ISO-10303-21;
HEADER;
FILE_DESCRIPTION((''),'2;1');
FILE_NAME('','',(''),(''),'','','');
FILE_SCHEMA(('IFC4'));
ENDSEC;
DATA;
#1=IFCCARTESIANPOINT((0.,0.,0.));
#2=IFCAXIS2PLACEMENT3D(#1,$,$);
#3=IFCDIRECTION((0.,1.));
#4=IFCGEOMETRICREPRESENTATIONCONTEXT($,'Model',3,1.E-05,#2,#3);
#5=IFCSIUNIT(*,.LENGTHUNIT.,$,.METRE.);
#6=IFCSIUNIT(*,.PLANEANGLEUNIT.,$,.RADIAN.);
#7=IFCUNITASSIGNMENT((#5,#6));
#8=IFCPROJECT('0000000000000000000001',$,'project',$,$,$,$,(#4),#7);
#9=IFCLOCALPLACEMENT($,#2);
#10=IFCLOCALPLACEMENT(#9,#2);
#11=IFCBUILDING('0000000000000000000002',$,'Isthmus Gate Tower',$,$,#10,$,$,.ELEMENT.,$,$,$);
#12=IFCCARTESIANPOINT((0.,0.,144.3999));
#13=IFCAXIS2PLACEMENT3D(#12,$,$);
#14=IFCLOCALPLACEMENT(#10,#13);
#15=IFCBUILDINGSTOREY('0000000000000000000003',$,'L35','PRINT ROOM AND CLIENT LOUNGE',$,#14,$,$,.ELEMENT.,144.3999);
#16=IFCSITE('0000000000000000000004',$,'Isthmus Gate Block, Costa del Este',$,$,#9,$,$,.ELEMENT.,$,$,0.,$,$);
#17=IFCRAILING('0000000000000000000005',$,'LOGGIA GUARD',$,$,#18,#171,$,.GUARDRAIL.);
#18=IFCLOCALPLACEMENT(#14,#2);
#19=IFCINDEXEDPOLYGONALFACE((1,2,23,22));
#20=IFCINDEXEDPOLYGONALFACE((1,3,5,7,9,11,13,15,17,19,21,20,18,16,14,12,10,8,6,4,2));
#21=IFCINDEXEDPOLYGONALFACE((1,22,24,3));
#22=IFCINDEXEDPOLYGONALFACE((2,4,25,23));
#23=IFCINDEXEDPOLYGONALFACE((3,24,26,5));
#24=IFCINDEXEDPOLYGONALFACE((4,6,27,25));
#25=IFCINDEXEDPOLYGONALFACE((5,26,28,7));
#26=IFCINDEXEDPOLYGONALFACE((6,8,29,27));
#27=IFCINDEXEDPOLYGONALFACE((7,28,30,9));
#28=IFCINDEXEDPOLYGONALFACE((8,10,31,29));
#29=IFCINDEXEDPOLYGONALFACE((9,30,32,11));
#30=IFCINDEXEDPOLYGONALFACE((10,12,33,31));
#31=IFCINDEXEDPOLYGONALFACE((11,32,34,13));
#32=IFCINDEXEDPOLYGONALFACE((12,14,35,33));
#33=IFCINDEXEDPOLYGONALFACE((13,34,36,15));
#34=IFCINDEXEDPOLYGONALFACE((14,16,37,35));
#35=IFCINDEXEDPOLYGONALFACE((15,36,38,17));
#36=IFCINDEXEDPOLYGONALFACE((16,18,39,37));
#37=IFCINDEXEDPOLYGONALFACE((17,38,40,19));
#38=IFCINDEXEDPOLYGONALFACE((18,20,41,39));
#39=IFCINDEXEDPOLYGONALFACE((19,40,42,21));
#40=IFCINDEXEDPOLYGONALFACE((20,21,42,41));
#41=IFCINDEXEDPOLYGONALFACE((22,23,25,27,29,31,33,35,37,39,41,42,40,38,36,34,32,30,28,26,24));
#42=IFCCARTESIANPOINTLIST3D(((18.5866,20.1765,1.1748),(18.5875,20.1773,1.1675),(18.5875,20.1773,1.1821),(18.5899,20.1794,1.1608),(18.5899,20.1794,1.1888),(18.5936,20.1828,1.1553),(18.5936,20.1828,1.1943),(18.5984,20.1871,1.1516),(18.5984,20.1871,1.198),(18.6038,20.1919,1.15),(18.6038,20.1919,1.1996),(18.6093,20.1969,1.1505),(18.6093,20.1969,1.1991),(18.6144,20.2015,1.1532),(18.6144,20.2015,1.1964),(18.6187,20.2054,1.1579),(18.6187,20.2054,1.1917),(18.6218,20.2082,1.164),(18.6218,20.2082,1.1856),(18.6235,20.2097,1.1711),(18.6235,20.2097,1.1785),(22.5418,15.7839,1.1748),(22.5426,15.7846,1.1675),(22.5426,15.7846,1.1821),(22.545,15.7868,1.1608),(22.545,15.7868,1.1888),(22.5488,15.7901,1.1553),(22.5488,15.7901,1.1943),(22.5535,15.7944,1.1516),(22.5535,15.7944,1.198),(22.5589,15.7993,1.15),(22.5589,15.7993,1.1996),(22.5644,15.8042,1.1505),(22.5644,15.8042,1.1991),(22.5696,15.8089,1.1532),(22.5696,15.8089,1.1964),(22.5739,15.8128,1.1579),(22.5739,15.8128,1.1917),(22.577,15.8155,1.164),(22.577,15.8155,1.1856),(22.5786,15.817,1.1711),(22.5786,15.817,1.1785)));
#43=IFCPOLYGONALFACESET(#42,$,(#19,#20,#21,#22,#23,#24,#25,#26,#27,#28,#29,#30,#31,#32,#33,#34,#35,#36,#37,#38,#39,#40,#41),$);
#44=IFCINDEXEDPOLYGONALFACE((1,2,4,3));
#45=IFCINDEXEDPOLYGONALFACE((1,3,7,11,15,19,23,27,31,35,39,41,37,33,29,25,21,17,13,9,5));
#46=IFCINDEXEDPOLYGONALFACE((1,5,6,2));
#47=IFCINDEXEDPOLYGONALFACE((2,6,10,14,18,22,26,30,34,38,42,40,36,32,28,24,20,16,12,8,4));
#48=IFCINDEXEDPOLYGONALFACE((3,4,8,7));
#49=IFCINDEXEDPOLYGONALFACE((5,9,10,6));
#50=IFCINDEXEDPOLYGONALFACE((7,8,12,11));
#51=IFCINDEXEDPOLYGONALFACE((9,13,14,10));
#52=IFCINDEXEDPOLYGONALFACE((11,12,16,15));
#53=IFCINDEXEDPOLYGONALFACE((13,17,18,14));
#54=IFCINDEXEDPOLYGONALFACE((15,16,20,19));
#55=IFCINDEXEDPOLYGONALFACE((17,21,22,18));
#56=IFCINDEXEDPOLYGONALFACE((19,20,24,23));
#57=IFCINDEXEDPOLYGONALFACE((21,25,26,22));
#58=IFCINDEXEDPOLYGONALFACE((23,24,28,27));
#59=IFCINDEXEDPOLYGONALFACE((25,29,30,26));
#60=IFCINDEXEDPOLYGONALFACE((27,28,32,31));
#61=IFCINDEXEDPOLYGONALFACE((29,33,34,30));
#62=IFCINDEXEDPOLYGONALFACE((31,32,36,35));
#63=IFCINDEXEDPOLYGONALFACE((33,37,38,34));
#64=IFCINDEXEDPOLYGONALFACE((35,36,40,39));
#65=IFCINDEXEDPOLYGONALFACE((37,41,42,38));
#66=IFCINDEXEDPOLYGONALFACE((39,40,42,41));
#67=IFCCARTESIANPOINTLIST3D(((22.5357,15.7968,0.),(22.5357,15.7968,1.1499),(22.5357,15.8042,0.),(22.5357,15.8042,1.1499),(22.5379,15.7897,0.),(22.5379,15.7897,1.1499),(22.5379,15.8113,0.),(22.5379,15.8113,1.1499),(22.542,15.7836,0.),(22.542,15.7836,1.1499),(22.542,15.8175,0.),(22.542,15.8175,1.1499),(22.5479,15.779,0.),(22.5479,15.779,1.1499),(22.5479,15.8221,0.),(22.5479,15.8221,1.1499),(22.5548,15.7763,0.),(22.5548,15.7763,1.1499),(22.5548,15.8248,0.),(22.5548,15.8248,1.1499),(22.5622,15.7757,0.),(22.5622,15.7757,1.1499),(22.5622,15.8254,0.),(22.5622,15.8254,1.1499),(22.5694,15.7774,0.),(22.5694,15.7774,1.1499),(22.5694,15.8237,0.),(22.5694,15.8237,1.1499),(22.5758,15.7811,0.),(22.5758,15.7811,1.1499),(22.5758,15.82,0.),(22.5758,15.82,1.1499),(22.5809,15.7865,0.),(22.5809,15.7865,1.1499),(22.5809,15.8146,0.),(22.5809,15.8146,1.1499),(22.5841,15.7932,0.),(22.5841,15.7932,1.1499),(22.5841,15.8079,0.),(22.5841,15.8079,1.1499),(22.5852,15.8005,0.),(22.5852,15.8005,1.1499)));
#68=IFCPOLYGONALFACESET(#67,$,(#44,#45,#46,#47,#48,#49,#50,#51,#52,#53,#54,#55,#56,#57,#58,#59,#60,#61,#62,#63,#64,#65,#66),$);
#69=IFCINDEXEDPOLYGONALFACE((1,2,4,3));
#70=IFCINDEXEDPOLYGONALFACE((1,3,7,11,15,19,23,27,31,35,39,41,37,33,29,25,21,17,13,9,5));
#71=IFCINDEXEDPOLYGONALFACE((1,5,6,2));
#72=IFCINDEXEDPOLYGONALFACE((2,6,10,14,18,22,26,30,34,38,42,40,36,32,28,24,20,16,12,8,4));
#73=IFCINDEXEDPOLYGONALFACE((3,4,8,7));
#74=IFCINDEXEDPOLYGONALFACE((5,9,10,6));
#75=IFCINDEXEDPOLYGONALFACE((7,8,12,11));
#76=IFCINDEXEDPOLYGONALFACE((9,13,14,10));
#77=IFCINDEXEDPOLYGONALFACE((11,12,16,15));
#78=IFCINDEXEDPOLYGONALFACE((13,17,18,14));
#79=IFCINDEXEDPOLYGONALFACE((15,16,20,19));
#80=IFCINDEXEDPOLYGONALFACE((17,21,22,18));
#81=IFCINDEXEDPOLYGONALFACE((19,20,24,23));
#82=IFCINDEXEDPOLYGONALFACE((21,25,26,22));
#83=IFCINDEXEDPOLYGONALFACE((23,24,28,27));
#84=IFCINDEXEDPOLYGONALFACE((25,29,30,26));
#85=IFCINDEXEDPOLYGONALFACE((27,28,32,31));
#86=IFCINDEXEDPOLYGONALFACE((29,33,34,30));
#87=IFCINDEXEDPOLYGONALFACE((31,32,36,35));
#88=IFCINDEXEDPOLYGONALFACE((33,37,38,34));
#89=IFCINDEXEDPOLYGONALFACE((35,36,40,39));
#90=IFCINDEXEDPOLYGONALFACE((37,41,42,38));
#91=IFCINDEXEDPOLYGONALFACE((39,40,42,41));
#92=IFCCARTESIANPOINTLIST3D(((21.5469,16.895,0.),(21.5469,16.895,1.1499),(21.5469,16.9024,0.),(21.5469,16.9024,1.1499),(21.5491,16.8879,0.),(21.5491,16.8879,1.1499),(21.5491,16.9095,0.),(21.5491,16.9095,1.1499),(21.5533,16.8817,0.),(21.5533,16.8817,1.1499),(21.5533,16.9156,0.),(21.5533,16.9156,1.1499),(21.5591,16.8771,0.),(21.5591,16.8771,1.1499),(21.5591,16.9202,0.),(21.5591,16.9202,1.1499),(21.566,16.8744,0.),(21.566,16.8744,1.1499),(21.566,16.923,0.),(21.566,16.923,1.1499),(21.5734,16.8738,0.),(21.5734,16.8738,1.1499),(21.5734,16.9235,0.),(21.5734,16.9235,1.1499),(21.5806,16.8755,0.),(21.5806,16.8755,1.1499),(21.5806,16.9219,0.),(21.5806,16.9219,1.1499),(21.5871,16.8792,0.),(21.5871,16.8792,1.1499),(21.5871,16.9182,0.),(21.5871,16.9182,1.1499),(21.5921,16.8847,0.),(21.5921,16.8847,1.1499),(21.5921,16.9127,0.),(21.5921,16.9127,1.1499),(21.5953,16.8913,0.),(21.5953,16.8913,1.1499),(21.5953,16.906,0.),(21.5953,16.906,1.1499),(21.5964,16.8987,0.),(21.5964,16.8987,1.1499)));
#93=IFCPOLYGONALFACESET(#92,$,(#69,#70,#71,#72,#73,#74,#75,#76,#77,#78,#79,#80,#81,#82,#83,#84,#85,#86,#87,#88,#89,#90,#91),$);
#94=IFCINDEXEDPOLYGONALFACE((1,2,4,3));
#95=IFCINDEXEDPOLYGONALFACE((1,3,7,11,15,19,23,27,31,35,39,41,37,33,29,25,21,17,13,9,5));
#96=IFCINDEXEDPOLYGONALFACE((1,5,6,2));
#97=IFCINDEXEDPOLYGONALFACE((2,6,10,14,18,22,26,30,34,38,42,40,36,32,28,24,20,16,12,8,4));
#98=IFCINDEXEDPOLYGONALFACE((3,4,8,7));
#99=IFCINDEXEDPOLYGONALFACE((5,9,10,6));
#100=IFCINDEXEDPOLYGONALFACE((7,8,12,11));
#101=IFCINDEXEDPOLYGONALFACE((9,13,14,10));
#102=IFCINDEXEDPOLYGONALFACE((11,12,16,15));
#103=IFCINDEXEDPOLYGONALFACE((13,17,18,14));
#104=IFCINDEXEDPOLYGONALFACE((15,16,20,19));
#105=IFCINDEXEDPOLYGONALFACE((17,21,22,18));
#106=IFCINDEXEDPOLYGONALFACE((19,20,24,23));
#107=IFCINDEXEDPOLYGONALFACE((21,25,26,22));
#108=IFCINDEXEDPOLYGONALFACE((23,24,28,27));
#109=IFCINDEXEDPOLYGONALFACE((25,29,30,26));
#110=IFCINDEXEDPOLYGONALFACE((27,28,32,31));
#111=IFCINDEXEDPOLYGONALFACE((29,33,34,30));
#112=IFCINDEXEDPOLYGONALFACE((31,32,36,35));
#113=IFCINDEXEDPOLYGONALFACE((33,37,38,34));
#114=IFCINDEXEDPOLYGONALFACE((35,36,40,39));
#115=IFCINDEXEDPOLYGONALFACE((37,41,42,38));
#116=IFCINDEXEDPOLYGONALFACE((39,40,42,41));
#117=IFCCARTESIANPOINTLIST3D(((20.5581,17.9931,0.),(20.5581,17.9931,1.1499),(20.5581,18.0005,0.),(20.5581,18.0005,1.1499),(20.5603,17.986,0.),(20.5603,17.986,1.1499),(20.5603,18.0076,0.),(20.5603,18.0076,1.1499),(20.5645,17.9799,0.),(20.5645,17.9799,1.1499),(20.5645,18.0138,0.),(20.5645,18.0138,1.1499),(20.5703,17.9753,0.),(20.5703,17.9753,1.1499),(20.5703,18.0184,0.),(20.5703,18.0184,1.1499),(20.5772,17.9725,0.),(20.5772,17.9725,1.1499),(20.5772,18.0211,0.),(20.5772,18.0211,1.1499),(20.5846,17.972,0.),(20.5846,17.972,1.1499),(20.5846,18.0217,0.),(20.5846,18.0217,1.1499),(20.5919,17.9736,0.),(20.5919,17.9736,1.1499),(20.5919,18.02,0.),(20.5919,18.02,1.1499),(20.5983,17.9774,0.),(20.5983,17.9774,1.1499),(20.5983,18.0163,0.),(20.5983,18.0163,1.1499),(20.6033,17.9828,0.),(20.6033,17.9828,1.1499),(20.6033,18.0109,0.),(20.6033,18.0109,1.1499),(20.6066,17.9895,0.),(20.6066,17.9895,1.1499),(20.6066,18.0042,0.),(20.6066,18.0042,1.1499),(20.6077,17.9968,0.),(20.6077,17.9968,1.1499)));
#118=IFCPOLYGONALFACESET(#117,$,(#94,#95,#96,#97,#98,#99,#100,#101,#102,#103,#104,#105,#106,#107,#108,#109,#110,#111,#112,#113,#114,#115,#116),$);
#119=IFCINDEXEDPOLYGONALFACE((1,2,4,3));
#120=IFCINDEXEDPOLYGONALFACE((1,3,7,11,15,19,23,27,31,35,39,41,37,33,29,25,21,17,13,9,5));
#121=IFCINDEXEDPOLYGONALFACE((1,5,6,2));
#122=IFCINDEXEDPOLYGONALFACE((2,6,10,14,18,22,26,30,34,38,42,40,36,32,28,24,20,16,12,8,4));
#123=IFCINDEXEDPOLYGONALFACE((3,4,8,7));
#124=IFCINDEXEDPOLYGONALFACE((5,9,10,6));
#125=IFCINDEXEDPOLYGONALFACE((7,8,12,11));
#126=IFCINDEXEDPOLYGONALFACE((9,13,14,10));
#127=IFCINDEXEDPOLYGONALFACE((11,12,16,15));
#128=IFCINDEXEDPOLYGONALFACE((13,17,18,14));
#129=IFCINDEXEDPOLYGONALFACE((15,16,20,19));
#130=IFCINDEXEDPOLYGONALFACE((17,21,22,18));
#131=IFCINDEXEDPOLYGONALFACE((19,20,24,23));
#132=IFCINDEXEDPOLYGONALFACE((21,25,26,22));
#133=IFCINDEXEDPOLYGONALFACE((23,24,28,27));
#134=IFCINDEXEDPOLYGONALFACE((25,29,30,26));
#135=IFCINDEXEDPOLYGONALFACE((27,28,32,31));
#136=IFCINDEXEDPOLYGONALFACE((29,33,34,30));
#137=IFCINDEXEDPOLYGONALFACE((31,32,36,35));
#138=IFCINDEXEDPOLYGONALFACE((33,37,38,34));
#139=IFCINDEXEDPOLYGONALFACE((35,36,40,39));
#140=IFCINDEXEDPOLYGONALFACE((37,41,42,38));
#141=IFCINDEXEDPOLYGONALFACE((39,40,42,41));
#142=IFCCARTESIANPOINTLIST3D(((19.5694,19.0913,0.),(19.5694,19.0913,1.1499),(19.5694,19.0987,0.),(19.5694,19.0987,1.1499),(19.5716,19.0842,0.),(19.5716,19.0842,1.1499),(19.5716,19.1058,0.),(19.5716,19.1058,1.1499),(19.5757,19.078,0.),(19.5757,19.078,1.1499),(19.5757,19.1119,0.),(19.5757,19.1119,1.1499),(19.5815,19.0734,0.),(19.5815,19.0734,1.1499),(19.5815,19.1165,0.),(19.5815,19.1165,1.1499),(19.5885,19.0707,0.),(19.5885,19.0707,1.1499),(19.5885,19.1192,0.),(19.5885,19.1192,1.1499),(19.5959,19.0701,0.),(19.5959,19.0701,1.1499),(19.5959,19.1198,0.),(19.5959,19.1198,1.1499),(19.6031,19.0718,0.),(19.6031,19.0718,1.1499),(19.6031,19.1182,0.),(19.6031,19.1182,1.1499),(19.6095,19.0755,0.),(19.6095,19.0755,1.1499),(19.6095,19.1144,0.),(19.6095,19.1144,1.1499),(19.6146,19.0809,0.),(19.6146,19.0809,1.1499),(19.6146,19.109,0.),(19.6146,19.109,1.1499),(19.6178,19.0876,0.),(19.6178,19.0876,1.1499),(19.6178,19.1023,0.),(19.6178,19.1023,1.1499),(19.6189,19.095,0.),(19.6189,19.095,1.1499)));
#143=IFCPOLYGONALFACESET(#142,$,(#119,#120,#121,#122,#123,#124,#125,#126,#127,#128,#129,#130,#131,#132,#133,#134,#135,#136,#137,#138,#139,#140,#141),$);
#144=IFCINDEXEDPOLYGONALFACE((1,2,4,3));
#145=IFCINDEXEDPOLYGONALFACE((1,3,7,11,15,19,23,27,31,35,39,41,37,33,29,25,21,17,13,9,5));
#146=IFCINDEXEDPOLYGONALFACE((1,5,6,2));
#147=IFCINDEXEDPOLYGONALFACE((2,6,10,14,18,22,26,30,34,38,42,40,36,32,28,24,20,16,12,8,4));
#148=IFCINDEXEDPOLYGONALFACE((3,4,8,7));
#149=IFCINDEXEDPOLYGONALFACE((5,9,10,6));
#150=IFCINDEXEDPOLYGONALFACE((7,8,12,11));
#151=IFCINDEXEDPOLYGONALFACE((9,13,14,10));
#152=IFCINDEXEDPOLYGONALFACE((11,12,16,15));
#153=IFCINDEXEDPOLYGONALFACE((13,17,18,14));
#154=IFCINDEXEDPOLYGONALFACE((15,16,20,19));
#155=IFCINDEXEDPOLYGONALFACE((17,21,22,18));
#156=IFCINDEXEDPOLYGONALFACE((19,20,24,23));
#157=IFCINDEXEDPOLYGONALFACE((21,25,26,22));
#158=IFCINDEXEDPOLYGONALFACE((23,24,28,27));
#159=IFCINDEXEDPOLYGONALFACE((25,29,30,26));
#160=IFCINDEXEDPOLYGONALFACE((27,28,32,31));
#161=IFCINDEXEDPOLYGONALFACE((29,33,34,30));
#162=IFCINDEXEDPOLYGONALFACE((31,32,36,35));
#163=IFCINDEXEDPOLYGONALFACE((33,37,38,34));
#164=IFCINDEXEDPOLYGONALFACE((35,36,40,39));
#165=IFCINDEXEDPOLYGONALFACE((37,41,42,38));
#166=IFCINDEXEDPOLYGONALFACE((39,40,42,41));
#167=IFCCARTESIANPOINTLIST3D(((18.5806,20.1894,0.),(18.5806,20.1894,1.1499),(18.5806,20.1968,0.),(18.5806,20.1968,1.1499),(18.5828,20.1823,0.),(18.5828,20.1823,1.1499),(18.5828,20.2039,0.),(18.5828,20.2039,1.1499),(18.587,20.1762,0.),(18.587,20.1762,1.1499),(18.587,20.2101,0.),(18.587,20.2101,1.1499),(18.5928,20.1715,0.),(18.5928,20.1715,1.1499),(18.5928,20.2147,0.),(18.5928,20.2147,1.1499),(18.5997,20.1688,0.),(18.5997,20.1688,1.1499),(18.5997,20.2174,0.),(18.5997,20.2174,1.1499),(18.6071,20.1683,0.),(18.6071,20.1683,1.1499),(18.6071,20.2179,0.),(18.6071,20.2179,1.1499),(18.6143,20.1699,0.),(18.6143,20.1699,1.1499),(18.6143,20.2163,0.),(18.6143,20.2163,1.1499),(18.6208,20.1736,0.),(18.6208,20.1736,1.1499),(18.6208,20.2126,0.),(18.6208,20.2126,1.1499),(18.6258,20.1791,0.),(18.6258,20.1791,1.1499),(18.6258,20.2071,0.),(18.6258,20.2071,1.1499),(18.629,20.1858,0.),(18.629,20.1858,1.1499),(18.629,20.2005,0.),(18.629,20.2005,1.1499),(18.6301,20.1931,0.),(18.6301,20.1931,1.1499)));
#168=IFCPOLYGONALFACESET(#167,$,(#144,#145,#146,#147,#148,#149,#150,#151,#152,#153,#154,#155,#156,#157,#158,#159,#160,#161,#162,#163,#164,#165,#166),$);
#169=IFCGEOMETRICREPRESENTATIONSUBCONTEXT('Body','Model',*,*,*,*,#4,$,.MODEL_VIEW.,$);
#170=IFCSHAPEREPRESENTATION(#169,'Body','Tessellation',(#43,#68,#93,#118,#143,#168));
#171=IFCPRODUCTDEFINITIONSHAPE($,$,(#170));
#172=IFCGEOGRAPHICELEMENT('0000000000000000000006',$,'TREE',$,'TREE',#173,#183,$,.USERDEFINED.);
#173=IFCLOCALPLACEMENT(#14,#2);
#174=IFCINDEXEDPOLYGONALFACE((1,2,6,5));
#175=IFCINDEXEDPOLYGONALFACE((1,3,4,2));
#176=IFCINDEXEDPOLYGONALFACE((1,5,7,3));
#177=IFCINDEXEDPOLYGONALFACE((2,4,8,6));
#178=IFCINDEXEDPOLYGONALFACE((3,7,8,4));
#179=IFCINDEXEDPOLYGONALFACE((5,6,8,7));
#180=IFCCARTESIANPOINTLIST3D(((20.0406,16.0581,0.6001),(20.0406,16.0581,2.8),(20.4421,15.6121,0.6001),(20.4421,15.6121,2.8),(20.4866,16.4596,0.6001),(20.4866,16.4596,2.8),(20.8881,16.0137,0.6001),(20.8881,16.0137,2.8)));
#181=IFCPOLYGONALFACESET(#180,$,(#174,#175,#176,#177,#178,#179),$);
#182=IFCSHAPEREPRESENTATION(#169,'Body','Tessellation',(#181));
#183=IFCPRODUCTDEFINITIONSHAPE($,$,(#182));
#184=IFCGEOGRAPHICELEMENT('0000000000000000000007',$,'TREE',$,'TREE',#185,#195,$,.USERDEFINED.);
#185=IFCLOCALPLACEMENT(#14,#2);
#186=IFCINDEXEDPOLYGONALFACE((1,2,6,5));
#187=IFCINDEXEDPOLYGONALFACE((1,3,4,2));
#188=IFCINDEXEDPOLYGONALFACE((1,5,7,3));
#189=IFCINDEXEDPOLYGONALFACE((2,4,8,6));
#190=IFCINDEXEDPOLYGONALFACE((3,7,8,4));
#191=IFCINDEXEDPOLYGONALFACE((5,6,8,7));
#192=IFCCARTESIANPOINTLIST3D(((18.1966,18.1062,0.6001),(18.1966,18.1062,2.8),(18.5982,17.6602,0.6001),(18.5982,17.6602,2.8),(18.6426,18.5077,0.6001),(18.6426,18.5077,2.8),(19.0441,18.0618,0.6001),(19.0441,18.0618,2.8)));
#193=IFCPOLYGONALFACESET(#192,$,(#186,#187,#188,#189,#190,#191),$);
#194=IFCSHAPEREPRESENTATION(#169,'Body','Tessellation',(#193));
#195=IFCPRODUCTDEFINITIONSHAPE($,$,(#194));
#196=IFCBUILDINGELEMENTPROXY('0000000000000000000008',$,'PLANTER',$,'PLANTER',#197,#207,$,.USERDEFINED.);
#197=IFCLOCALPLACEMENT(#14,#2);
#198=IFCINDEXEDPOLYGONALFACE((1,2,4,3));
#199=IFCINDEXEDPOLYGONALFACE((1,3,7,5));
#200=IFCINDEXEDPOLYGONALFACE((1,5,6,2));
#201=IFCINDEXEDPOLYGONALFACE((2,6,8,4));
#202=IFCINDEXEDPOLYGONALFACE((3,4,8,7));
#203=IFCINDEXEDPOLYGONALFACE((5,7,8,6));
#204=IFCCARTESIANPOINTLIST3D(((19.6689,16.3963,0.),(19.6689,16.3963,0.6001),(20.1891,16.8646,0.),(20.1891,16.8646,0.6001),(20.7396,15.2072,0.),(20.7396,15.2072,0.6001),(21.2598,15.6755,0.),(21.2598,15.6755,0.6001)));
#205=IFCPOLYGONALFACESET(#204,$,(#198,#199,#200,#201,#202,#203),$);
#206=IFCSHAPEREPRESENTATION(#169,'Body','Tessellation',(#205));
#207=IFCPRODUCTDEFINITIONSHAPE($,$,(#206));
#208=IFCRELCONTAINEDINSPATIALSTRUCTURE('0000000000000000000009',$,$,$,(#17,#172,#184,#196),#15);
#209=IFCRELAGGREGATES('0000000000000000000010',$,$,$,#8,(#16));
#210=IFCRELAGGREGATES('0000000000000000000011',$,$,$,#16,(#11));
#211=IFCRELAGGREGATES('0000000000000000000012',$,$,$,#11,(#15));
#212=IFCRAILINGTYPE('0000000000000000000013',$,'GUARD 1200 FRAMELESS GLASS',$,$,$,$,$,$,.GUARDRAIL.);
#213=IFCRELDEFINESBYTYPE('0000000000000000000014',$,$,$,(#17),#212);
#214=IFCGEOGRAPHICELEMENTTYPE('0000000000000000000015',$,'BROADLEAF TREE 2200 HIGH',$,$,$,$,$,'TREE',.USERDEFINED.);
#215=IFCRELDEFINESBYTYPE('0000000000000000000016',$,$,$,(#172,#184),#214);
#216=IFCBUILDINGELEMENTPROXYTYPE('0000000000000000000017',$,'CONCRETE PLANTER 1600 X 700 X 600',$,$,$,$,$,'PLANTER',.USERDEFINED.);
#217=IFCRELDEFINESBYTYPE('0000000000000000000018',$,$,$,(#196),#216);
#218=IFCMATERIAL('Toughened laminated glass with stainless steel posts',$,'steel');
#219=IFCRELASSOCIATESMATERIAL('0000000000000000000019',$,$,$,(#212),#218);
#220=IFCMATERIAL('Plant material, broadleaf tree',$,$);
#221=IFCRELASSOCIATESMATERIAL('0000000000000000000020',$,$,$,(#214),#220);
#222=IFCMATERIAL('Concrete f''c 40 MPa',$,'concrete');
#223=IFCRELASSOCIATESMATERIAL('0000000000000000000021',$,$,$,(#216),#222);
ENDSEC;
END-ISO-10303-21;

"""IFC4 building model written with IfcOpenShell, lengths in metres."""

from ifc_helpers import new_model, si_unit, direction, frame, origin, origin_2d, place, context, subcontext, project, spatial, rectangle, circle, extrude, material, type_object, element, save


model = new_model("IFC4")

# Units and contexts
model_context = context("Model", 3, precision=1e-05, world=origin(), true_north=direction((0.0, 1.0)))
body_context = subcontext(model_context, "Body", "Model", "MODEL_VIEW")
ifc_project = project(units=[si_unit("LENGTHUNIT", "METRE"), si_unit("PLANEANGLEUNIT", "RADIAN")], contexts=[model_context])

# Site, building, storey
site_placement = place(None, origin())
site = spatial("IfcSite", under=ifc_project, at=site_placement, Name="Isthmus Gate Block, Costa del Este", CompositionType="ELEMENT", RefElevation=0.0)
building_placement = place(site_placement, origin())
building = spatial("IfcBuilding", under=site, at=building_placement, Name="Isthmus Gate Tower", CompositionType="ELEMENT")
storey_placement = place(building_placement, frame((0.0, 0.0, 144.3999)))
storey = spatial("IfcBuildingStorey", under=building, at=storey_placement, Name="L35", Description="PRINT ROOM AND CLIENT LOUNGE", CompositionType="ELEMENT", Elevation=144.3999)

# Railing
ifc_material_1 = material(Name="Toughened laminated glass with stainless steel posts", Category="steel")
railing_type = type_object("IfcRailingType", Name="GUARD 1200 FRAMELESS GLASS", PredefinedType="GUARDRAIL", material=ifc_material_1)
railing_placement = place(storey_placement, frame((22.5603, 15.8005, 0.0)))
element("IfcRailing", 1, at=railing_placement, inside=storey, type_object=railing_type, Name="LOGGIA GUARD", PredefinedType="GUARDRAIL", context=body_context, shape_type="SweptSolid", body=[
    extrude(circle(Radius=0.0249, at=origin_2d()), frame((0.0, 0.0, 1.1748), z_axis=(-0.669129, 0.743146, 0.0), x_axis=(-0.743146, -0.669129, 0.0)), (0.0, 0.0, 1.0), 5.9109),
    extrude(circle(Radius=0.0249, at=origin_2d()), origin(), (0.0, 0.0, 1.0), 1.1499),
    extrude(circle(Radius=0.0249, at=origin_2d()), frame((-0.9888, 1.0981, 0.0)), (0.0, 0.0, 1.0), 1.1499),
    extrude(circle(Radius=0.0249, at=origin_2d()), frame((-1.9775, 2.1963, 0.0)), (0.0, 0.0, 1.0), 1.1499),
    extrude(circle(Radius=0.0249, at=origin_2d()), frame((-2.9663, 3.2944, 0.0)), (0.0, 0.0, 1.0), 1.1499),
    extrude(circle(Radius=0.0249, at=origin_2d()), frame((-3.9551, 4.3926, 0.0)), (0.0, 0.0, 1.0), 1.1499),
])

# Geographic elements
ifc_material_2 = material(Name="Plant material, broadleaf tree")
geographic_element_type = type_object("IfcGeographicElementType", Name="BROADLEAF TREE 2200 HIGH", ElementType="TREE", PredefinedType="USERDEFINED", material=ifc_material_2)
for number, where, z_axis, x_axis, name in (
    (2, (20.4644, 16.0359, 0.6001), (0.0, 0.0, 1.0), (-0.669131, 0.743145, 0.0), "TREE"),
    (3, (18.6204, 18.084, 0.6001), (0.0, 0.0, 1.0), (-0.669131, 0.743145, 0.0), "TREE"),
):
    element("IfcGeographicElement", number, at=place(storey_placement, frame(where, z_axis=z_axis, x_axis=x_axis)), inside=storey, type_object=geographic_element_type, Name=name, ObjectType="TREE", PredefinedType="USERDEFINED", context=body_context, shape_type="SweptSolid", body=[
        extrude(rectangle(XDim=0.6001, YDim=0.6001, at=origin_2d()), origin(), (0.0, 0.0, 1.0), 2.2),
    ])

# Building element proxy
ifc_material_3 = material(Name="Concrete f'c 40 MPa", Category="concrete")
building_element_proxy_type = type_object("IfcBuildingElementProxyType", Name="CONCRETE PLANTER 1600 X 700 X 600", ElementType="PLANTER", PredefinedType="USERDEFINED", material=ifc_material_3)
for number, where, z_axis, x_axis, name in (
    (4, (20.4644, 16.0359, 0.0), (0.0, 0.0, 1.0), (-0.669131, 0.743145, 0.0), "PLANTER"),
):
    element("IfcBuildingElementProxy", number, at=place(storey_placement, frame(where, z_axis=z_axis, x_axis=x_axis)), inside=storey, type_object=building_element_proxy_type, Name=name, ObjectType="PLANTER", PredefinedType="USERDEFINED", context=body_context, shape_type="SweptSolid", body=[
        extrude(rectangle(XDim=1.6001, YDim=0.7, at=origin_2d()), origin(), (0.0, 0.0, 1.0), 0.6001),
    ])

save(model, "model.ifc")
